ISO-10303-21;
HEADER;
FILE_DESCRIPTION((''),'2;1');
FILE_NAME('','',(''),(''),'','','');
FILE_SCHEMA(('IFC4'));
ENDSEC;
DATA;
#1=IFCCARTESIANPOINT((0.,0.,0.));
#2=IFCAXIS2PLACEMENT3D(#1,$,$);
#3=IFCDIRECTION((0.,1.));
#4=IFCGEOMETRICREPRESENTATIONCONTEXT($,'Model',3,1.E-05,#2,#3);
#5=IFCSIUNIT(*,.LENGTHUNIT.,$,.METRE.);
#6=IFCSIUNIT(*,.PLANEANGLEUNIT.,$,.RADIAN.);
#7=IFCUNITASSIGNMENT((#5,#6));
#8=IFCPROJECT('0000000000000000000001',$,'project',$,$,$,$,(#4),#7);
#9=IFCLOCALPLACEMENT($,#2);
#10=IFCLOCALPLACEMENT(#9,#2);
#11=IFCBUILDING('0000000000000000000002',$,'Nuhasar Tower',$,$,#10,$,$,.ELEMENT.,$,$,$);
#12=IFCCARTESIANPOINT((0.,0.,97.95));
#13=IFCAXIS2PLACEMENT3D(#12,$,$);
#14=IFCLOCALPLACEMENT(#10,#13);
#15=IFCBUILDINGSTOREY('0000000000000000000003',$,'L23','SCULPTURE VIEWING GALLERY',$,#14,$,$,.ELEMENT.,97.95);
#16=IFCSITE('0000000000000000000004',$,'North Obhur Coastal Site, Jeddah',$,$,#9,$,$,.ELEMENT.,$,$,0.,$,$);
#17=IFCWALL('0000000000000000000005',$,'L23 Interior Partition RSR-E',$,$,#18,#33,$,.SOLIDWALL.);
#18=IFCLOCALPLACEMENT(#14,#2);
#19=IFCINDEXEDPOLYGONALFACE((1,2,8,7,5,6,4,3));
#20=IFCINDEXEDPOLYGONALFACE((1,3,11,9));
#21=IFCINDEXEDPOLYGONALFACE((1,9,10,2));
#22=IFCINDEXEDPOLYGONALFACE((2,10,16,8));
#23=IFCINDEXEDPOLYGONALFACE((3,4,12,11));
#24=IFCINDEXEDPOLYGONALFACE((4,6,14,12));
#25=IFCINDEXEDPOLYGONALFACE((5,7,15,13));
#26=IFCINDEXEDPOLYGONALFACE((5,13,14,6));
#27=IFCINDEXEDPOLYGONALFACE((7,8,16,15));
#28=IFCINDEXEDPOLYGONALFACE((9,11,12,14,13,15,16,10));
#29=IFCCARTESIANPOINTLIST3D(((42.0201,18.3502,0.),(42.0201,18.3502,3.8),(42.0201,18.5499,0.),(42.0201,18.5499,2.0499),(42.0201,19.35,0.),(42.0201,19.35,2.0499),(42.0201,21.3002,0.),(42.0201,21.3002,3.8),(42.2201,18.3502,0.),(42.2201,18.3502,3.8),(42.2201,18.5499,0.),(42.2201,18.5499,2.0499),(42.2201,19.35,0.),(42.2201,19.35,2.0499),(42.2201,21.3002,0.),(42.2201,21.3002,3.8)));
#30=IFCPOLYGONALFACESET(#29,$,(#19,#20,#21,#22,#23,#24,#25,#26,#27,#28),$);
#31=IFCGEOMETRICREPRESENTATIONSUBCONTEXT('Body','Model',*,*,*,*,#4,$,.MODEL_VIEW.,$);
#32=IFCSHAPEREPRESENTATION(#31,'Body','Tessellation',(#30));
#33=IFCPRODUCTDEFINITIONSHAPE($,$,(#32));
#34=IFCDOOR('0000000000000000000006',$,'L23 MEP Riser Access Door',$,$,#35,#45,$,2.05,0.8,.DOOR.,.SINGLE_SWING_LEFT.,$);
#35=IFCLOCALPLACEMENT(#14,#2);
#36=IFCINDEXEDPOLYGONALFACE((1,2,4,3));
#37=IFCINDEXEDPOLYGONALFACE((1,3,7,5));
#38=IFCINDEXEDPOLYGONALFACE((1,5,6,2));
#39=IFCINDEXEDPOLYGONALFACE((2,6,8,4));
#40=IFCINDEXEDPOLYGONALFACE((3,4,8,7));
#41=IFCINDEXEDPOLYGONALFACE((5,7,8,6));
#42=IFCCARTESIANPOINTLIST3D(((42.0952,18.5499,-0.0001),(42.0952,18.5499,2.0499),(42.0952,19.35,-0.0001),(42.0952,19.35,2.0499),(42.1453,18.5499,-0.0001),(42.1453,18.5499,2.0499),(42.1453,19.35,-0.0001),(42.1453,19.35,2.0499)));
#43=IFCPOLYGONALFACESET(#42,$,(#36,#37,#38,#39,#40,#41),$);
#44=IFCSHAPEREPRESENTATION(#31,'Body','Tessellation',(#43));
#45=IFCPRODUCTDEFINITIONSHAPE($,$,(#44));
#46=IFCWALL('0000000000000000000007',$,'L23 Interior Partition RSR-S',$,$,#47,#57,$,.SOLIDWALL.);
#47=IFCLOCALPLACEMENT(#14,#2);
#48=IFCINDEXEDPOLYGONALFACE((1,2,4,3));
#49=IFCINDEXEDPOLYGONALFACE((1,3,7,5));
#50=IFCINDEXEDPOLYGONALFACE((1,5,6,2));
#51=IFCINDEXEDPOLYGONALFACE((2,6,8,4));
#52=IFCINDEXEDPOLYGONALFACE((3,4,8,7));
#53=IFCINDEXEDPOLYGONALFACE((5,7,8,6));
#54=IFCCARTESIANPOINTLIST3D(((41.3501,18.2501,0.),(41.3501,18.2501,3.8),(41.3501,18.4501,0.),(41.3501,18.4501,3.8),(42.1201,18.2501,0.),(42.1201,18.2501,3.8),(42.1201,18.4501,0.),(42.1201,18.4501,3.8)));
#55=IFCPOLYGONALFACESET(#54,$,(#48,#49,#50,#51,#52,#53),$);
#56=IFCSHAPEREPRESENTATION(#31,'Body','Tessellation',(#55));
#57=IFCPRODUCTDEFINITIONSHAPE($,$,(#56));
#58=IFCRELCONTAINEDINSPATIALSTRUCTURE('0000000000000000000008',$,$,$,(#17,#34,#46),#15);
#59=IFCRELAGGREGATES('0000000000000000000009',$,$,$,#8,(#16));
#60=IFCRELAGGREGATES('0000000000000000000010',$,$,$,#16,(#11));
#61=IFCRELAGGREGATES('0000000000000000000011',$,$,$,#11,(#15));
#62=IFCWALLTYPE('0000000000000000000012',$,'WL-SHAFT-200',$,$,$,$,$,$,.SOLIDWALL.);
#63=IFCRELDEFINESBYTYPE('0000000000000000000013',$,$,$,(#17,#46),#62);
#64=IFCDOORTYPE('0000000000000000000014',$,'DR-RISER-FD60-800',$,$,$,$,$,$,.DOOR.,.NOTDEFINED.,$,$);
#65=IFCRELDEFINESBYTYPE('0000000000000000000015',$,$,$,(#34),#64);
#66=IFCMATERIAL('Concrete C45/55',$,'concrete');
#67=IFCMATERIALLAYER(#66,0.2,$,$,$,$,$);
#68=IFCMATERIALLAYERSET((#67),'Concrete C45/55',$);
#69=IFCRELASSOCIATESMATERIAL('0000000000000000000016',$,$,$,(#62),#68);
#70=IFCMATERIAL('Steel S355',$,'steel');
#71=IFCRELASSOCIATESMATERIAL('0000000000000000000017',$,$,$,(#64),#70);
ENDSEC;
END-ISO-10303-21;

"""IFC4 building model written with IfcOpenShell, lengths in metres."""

from ifc_helpers import new_model, si_unit, direction, frame, frame_2d, origin, place, context, subcontext, project, spatial, rectangle, extrude, material, layer, layer_set, type_object, element, fill, save


model = new_model("IFC4")

# Units and contexts
model_context = context("Model", 3, precision=1e-05, world=origin(), true_north=direction((0.0, 1.0)))
body_context = subcontext(model_context, "Body", "Model", "MODEL_VIEW")
ifc_project = project(units=[si_unit("LENGTHUNIT", "METRE"), si_unit("PLANEANGLEUNIT", "RADIAN")], contexts=[model_context])

# Site, building, storey
site_placement = place(None, origin())
site = spatial("IfcSite", under=ifc_project, at=site_placement, Name="North Obhur Coastal Site, Jeddah", CompositionType="ELEMENT", RefElevation=0.0)
building_placement = place(site_placement, origin())
building = spatial("IfcBuilding", under=site, at=building_placement, Name="Nuhasar Tower", CompositionType="ELEMENT")
storey_placement = place(building_placement, frame((0.0, 0.0, 97.95)))
storey = spatial("IfcBuildingStorey", under=building, at=storey_placement, Name="L23", Description="SCULPTURE VIEWING GALLERY", CompositionType="ELEMENT", Elevation=97.95)

# Shared definitions
ifc_material_1 = material(Name="Steel S355", Category="steel")

# Shared definitions
ifc_material_2 = material(Name="Concrete C45/55", Category="concrete")

# Shared definitions
ifc_layer_1 = layer(ifc_material_2, 0.2)
ifc_layer_set_1 = layer_set([ifc_layer_1], Name="Concrete C45/55")
wall_type_1 = type_object("IfcWallType", Name="WL-SHAFT-200", PredefinedType="SOLIDWALL", material=ifc_layer_set_1)

# Wall, opening, door
wall_1_placement = place(storey_placement, frame((42.1201, 18.3501, 0.0), z_axis=(0.0, 0.0, 1.0), x_axis=(0.0, 1.0, 0.0)))
wall_1 = element("IfcWall", 1, at=wall_1_placement, inside=storey, type_object=wall_type_1, Name="L23 Interior Partition RSR-E", PredefinedType="SOLIDWALL", context=body_context, shape_type="SweptSolid", body=[
    extrude(rectangle(XDim=2.95, YDim=0.2, at=frame_2d((1.4751, 0.0))), origin(), (0.0, 0.0, 1.0), 3.8),
])
opening_1_placement = place(wall_1_placement, frame((0.2, 0.0, 0.0)))
opening_1 = element("IfcOpeningElement", 2, at=opening_1_placement, cuts=wall_1, PredefinedType="OPENING", context=body_context, shape_type="SweptSolid", body=[
    extrude(rectangle(XDim=0.8, YDim=2.05, at=frame_2d((0.3999, 1.0249))), frame((0.0, 0.1099, 0.0), z_axis=(0.0, -1.0, 0.0), x_axis=(1.0, 0.0, 0.0)), (0.0, 0.0, 1.0), 0.22),
])
door_type_1 = type_object("IfcDoorType", Name="DR-RISER-FD60-800", OperationType="NOTDEFINED", PredefinedType="DOOR", material=ifc_material_1)
door_1_placement = place(opening_1_placement, origin())
door_1 = element("IfcDoor", 3, at=door_1_placement, inside=storey, type_object=door_type_1, Name="L23 MEP Riser Access Door", OperationType="SINGLE_SWING_LEFT", OverallHeight=2.05, OverallWidth=0.8, PredefinedType="DOOR", context=body_context, shape_type="SweptSolid", body=[
    extrude(rectangle(XDim=0.8, YDim=2.05, at=frame_2d((0.3999, 1.0249))), frame((0.0, 0.0249, 0.0), z_axis=(0.0, -1.0, 0.0), x_axis=(1.0, 0.0, 0.0)), (0.0, 0.0, 1.0), 0.05),
])
fill(opening_1, door_1)

# Wall
wall_2_placement = place(storey_placement, frame((41.3501, 18.3501, 0.0), z_axis=(0.0, 0.0, 1.0), x_axis=(1.0, 0.0, 0.0)))
element("IfcWall", 4, at=wall_2_placement, inside=storey, type_object=wall_type_1, Name="L23 Interior Partition RSR-S", PredefinedType="SOLIDWALL", context=body_context, shape_type="SweptSolid", body=[
    extrude(rectangle(XDim=0.77, YDim=0.2, at=frame_2d((0.385, 0.0))), origin(), (0.0, 0.0, 1.0), 3.8),
])

save(model, "model.ifc")
